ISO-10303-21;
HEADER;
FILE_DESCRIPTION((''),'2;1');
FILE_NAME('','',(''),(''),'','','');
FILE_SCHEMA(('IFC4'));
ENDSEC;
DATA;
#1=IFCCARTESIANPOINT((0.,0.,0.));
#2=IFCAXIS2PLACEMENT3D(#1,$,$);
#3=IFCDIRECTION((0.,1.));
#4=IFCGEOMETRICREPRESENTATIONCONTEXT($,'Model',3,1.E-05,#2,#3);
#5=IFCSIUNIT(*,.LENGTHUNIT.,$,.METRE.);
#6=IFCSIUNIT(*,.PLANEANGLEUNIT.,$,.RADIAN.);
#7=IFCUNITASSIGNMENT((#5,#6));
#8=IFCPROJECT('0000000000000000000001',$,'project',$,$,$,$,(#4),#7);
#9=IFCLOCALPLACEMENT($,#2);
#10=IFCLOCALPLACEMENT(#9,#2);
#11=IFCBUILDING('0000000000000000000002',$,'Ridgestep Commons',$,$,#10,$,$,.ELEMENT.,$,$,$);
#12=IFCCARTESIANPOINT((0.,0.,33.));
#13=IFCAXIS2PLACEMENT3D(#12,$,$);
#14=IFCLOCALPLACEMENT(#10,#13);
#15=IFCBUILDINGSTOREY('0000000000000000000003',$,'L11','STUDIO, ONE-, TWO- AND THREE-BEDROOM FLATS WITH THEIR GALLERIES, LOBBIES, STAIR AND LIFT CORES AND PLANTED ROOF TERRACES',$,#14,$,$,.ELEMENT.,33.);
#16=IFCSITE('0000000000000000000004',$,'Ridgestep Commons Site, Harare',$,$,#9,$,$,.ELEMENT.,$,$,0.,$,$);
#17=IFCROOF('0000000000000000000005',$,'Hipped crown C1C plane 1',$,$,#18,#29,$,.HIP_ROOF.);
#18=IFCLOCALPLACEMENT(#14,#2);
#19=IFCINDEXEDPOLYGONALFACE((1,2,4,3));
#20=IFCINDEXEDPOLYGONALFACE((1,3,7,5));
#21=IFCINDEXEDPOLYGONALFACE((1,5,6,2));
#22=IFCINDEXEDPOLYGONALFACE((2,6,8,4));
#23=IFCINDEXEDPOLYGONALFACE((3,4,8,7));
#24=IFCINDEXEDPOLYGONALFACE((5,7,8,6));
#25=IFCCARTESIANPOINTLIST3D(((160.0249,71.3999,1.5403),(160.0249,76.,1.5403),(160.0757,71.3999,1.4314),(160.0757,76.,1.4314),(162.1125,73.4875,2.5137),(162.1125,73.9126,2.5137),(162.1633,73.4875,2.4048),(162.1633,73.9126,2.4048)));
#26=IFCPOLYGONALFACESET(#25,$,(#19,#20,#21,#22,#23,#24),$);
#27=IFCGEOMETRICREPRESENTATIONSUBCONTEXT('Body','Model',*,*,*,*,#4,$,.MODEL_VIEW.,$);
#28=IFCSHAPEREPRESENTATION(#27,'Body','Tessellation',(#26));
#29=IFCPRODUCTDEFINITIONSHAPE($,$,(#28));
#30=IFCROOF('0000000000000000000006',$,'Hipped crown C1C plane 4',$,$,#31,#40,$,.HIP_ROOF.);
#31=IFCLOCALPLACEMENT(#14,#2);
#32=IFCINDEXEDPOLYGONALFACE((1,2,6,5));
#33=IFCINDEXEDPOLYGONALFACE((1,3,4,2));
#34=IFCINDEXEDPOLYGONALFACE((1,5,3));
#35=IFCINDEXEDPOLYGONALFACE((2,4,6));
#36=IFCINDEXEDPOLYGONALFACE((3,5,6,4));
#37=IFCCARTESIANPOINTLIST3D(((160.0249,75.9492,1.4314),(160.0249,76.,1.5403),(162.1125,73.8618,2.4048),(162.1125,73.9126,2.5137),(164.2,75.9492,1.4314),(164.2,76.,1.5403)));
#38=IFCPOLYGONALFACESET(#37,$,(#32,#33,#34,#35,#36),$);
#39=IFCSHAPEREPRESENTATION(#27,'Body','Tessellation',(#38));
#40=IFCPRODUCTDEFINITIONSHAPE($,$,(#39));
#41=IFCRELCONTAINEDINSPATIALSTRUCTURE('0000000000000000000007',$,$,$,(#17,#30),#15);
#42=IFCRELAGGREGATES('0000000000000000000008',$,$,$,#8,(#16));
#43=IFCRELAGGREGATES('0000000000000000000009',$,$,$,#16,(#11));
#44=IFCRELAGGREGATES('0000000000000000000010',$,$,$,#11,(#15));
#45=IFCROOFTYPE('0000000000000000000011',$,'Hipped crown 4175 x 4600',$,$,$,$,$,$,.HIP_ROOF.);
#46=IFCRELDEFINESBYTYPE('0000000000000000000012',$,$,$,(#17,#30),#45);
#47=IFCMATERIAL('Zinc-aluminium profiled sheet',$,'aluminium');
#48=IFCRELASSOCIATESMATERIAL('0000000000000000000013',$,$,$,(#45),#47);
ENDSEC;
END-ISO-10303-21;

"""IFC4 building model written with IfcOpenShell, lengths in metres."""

from ifc_helpers import new_model, si_unit, direction, frame, origin, place, context, subcontext, project, spatial, polyline, outline, extrude, material, type_object, element, save


model = new_model("IFC4")

# Units and contexts
model_context = context("Model", 3, precision=1e-05, world=origin(), true_north=direction((0.0, 1.0)))
body_context = subcontext(model_context, "Body", "Model", "MODEL_VIEW")
ifc_project = project(units=[si_unit("LENGTHUNIT", "METRE"), si_unit("PLANEANGLEUNIT", "RADIAN")], contexts=[model_context])

# Site, building, storey
site_placement = place(None, origin())
site = spatial("IfcSite", under=ifc_project, at=site_placement, Name="Ridgestep Commons Site, Harare", CompositionType="ELEMENT", RefElevation=0.0)
building_placement = place(site_placement, origin())
building = spatial("IfcBuilding", under=site, at=building_placement, Name="Ridgestep Commons", CompositionType="ELEMENT")
storey_placement = place(building_placement, frame((0.0, 0.0, 33.0)))
storey = spatial("IfcBuildingStorey", under=building, at=storey_placement, Name="L11", Description="STUDIO, ONE-, TWO- AND THREE-BEDROOM FLATS WITH THEIR GALLERIES, LOBBIES, STAIR AND LIFT CORES AND PLANTED ROOF TERRACES", CompositionType="ELEMENT", Elevation=33.0)

# Roofs
ifc_material_1 = material(Name="Zinc-aluminium profiled sheet", Category="aluminium")
roof_type = type_object("IfcRoofType", Name="Hipped crown 4175 x 4600", PredefinedType="HIP_ROOF", material=ifc_material_1)
roof_1_placement = place(storey_placement, frame((160.0249, 71.3999, 1.5403), z_axis=(-0.422584, 0.0, 0.906324), x_axis=(0.0, 1.0, 0.0)))
element("IfcRoof", 1, at=roof_1_placement, inside=storey, type_object=roof_type, Name="Hipped crown C1C plane 1", PredefinedType="HIP_ROOF", context=body_context, shape_type="SweptSolid", body=[
    extrude(outline(polyline([(0.0, 0.0), (4.6001, 0.0), (2.5127, -2.3034), (2.0876, -2.3034), (0.0, 0.0)])), origin(), (0.0, 0.0, -1.0), 0.1201),
])
roof_2_placement = place(storey_placement, frame((160.0249, 76.0, 1.5403), z_axis=(0.0, 0.422624, 0.906305), x_axis=(1.0, 0.0, 0.0)))
element("IfcRoof", 2, at=roof_2_placement, inside=storey, type_object=roof_type, Name="Hipped crown C1C plane 4", PredefinedType="HIP_ROOF", context=body_context, shape_type="SweptSolid", body=[
    extrude(outline(polyline([(0.0, 0.0), (4.175, 0.0), (2.0876, -2.3032), (0.0, 0.0)])), origin(), (0.0, 0.0, -1.0), 0.1201),
])

save(model, "model.ifc")
